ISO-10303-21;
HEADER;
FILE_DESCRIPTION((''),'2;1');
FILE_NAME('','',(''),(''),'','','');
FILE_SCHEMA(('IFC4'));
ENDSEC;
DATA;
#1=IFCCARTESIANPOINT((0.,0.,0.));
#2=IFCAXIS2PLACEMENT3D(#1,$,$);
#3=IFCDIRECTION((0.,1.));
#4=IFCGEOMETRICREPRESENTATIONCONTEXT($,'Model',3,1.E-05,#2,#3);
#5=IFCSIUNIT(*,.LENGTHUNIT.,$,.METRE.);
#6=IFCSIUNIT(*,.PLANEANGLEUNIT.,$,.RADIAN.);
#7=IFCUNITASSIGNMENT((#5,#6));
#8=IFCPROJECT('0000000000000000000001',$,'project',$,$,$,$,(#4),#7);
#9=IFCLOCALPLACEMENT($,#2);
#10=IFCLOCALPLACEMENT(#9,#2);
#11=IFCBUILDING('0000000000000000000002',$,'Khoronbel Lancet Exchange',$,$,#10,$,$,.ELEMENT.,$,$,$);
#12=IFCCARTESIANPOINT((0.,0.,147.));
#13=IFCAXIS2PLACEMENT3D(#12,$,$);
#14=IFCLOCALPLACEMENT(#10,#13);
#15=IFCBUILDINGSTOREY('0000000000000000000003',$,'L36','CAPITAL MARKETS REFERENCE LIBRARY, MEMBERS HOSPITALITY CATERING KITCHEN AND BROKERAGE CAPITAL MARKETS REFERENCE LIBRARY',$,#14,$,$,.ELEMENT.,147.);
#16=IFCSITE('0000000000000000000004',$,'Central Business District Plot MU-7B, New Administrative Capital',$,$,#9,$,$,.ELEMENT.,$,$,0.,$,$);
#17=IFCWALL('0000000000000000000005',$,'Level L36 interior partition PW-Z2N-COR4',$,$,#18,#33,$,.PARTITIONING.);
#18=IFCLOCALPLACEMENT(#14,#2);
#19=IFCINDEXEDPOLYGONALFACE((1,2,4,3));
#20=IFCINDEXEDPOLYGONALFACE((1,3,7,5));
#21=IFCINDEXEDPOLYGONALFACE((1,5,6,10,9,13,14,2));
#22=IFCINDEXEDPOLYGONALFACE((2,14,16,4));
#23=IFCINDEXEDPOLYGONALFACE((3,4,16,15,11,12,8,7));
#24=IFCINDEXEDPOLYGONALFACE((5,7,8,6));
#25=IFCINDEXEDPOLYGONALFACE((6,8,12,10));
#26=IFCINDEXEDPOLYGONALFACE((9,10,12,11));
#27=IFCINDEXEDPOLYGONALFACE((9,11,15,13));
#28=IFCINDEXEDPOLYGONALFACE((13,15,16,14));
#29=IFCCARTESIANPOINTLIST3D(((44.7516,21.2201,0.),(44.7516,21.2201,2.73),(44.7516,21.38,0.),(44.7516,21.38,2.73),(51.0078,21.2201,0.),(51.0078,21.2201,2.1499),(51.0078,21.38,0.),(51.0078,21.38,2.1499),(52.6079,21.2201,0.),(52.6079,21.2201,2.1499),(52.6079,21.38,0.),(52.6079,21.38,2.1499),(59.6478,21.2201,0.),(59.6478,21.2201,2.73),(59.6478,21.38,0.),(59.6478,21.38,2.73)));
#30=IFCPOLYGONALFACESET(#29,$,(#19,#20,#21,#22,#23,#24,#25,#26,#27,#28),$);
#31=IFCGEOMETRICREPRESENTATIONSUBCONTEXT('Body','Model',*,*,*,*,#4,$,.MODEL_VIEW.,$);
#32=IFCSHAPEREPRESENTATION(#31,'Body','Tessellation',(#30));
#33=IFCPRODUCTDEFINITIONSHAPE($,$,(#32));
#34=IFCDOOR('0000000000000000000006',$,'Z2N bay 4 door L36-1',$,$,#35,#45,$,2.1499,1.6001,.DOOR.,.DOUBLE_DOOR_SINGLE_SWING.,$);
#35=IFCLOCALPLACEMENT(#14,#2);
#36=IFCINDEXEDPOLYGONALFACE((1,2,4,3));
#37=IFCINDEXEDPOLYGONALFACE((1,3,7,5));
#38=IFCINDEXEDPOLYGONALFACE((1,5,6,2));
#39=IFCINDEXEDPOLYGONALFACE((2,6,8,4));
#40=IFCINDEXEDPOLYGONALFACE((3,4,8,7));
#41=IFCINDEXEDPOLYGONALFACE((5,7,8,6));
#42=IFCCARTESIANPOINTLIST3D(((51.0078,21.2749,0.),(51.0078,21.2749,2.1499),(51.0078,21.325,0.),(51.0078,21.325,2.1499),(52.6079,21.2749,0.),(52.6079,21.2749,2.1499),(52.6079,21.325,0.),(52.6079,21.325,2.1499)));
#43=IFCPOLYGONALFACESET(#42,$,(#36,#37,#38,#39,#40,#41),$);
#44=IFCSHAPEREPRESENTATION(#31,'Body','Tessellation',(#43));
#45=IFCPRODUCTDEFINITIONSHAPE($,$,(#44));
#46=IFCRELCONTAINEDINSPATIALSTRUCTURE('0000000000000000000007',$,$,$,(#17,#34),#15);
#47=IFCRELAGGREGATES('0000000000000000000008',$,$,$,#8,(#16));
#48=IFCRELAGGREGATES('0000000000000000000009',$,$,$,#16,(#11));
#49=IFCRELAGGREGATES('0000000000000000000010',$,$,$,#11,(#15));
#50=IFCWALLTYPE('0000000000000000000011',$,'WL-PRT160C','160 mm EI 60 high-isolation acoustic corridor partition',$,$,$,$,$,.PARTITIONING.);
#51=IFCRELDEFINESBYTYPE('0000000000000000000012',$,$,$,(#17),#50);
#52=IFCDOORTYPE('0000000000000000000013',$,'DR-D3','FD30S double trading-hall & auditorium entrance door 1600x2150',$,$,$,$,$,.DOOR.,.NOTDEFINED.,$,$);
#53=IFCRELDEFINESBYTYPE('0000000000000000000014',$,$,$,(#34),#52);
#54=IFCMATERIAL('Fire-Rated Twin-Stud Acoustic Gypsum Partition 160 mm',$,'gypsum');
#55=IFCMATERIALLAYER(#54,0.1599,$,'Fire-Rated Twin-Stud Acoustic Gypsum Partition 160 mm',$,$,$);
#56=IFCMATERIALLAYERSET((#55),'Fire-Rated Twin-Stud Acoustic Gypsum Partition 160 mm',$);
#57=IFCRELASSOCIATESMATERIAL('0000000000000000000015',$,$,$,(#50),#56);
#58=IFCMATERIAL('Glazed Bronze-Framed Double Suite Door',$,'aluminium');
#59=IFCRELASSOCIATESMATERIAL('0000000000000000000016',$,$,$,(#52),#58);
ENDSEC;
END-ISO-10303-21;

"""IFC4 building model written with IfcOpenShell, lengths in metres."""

from ifc_helpers import new_model, si_unit, direction, frame, frame_2d, origin, place, context, subcontext, project, spatial, rectangle, extrude, material, layer, layer_set, type_object, element, fill, save


model = new_model("IFC4")

# Units and contexts
model_context = context("Model", 3, precision=1e-05, world=origin(), true_north=direction((0.0, 1.0)))
body_context = subcontext(model_context, "Body", "Model", "MODEL_VIEW")
ifc_project = project(units=[si_unit("LENGTHUNIT", "METRE"), si_unit("PLANEANGLEUNIT", "RADIAN")], contexts=[model_context])

# Site, building, storey
site_placement = place(None, origin())
site = spatial("IfcSite", under=ifc_project, at=site_placement, Name="Central Business District Plot MU-7B, New Administrative Capital", CompositionType="ELEMENT", RefElevation=0.0)
building_placement = place(site_placement, origin())
building = spatial("IfcBuilding", under=site, at=building_placement, Name="Khoronbel Lancet Exchange", CompositionType="ELEMENT")
storey_placement = place(building_placement, frame((0.0, 0.0, 147.0)))
storey = spatial("IfcBuildingStorey", under=building, at=storey_placement, Name="L36", Description="CAPITAL MARKETS REFERENCE LIBRARY, MEMBERS HOSPITALITY CATERING KITCHEN AND BROKERAGE CAPITAL MARKETS REFERENCE LIBRARY", CompositionType="ELEMENT", Elevation=147.0)

# Wall, opening, door
ifc_material_1 = material(Name="Fire-Rated Twin-Stud Acoustic Gypsum Partition 160 mm", Category="gypsum")
ifc_layer_1 = layer(ifc_material_1, 0.1599, Name="Fire-Rated Twin-Stud Acoustic Gypsum Partition 160 mm")
ifc_layer_set_1 = layer_set([ifc_layer_1], Name="Fire-Rated Twin-Stud Acoustic Gypsum Partition 160 mm")
wall_type_1 = type_object("IfcWallType", Name="WL-PRT160C", Description="160 mm EI 60 high-isolation acoustic corridor partition", PredefinedType="PARTITIONING", material=ifc_layer_set_1)
wall_1_placement = place(storey_placement, frame((44.7515, 21.3, 0.0), z_axis=(0.0, 0.0, 1.0), x_axis=(1.0, 0.0, 0.0)))
wall_1 = element("IfcWall", 1, at=wall_1_placement, inside=storey, type_object=wall_type_1, Name="Level L36 interior partition PW-Z2N-COR4", PredefinedType="PARTITIONING", context=body_context, shape_type="SweptSolid", body=[
    extrude(rectangle(XDim=14.8962, YDim=0.1599, at=frame_2d((7.4482, 0.0))), origin(), (0.0, 0.0, 1.0), 2.73),
])
opening_1_placement = place(wall_1_placement, frame((6.2563, 0.0, 0.0)))
opening_1 = element("IfcOpeningElement", 2, at=opening_1_placement, cuts=wall_1, PredefinedType="OPENING", context=body_context, shape_type="SweptSolid", body=[
    extrude(rectangle(XDim=1.6001, YDim=2.1499, at=frame_2d((0.8, 1.075))), frame((0.0, 0.0898, 0.0), z_axis=(0.0, -1.0, 0.0), x_axis=(1.0, 0.0, 0.0)), (0.0, 0.0, 1.0), 0.1799),
])
ifc_material_2 = material(Name="Glazed Bronze-Framed Double Suite Door", Category="aluminium")
door_type_1 = type_object("IfcDoorType", Name="DR-D3", Description="FD30S double trading-hall & auditorium entrance door 1600x2150", OperationType="NOTDEFINED", PredefinedType="DOOR", material=ifc_material_2)
door_1_placement = place(opening_1_placement, origin())
door_1 = element("IfcDoor", 3, at=door_1_placement, inside=storey, type_object=door_type_1, Name="Z2N bay 4 door L36-1", OperationType="DOUBLE_DOOR_SINGLE_SWING", OverallHeight=2.1499, OverallWidth=1.6001, PredefinedType="DOOR", context=body_context, shape_type="SweptSolid", body=[
    extrude(rectangle(XDim=1.6001, YDim=2.1499, at=frame_2d((0.8, 1.075))), frame((0.0, 0.0249, 0.0), z_axis=(0.0, -1.0, 0.0), x_axis=(1.0, 0.0, 0.0)), (0.0, 0.0, 1.0), 0.05),
])
fill(opening_1, door_1)

save(model, "model.ifc")
